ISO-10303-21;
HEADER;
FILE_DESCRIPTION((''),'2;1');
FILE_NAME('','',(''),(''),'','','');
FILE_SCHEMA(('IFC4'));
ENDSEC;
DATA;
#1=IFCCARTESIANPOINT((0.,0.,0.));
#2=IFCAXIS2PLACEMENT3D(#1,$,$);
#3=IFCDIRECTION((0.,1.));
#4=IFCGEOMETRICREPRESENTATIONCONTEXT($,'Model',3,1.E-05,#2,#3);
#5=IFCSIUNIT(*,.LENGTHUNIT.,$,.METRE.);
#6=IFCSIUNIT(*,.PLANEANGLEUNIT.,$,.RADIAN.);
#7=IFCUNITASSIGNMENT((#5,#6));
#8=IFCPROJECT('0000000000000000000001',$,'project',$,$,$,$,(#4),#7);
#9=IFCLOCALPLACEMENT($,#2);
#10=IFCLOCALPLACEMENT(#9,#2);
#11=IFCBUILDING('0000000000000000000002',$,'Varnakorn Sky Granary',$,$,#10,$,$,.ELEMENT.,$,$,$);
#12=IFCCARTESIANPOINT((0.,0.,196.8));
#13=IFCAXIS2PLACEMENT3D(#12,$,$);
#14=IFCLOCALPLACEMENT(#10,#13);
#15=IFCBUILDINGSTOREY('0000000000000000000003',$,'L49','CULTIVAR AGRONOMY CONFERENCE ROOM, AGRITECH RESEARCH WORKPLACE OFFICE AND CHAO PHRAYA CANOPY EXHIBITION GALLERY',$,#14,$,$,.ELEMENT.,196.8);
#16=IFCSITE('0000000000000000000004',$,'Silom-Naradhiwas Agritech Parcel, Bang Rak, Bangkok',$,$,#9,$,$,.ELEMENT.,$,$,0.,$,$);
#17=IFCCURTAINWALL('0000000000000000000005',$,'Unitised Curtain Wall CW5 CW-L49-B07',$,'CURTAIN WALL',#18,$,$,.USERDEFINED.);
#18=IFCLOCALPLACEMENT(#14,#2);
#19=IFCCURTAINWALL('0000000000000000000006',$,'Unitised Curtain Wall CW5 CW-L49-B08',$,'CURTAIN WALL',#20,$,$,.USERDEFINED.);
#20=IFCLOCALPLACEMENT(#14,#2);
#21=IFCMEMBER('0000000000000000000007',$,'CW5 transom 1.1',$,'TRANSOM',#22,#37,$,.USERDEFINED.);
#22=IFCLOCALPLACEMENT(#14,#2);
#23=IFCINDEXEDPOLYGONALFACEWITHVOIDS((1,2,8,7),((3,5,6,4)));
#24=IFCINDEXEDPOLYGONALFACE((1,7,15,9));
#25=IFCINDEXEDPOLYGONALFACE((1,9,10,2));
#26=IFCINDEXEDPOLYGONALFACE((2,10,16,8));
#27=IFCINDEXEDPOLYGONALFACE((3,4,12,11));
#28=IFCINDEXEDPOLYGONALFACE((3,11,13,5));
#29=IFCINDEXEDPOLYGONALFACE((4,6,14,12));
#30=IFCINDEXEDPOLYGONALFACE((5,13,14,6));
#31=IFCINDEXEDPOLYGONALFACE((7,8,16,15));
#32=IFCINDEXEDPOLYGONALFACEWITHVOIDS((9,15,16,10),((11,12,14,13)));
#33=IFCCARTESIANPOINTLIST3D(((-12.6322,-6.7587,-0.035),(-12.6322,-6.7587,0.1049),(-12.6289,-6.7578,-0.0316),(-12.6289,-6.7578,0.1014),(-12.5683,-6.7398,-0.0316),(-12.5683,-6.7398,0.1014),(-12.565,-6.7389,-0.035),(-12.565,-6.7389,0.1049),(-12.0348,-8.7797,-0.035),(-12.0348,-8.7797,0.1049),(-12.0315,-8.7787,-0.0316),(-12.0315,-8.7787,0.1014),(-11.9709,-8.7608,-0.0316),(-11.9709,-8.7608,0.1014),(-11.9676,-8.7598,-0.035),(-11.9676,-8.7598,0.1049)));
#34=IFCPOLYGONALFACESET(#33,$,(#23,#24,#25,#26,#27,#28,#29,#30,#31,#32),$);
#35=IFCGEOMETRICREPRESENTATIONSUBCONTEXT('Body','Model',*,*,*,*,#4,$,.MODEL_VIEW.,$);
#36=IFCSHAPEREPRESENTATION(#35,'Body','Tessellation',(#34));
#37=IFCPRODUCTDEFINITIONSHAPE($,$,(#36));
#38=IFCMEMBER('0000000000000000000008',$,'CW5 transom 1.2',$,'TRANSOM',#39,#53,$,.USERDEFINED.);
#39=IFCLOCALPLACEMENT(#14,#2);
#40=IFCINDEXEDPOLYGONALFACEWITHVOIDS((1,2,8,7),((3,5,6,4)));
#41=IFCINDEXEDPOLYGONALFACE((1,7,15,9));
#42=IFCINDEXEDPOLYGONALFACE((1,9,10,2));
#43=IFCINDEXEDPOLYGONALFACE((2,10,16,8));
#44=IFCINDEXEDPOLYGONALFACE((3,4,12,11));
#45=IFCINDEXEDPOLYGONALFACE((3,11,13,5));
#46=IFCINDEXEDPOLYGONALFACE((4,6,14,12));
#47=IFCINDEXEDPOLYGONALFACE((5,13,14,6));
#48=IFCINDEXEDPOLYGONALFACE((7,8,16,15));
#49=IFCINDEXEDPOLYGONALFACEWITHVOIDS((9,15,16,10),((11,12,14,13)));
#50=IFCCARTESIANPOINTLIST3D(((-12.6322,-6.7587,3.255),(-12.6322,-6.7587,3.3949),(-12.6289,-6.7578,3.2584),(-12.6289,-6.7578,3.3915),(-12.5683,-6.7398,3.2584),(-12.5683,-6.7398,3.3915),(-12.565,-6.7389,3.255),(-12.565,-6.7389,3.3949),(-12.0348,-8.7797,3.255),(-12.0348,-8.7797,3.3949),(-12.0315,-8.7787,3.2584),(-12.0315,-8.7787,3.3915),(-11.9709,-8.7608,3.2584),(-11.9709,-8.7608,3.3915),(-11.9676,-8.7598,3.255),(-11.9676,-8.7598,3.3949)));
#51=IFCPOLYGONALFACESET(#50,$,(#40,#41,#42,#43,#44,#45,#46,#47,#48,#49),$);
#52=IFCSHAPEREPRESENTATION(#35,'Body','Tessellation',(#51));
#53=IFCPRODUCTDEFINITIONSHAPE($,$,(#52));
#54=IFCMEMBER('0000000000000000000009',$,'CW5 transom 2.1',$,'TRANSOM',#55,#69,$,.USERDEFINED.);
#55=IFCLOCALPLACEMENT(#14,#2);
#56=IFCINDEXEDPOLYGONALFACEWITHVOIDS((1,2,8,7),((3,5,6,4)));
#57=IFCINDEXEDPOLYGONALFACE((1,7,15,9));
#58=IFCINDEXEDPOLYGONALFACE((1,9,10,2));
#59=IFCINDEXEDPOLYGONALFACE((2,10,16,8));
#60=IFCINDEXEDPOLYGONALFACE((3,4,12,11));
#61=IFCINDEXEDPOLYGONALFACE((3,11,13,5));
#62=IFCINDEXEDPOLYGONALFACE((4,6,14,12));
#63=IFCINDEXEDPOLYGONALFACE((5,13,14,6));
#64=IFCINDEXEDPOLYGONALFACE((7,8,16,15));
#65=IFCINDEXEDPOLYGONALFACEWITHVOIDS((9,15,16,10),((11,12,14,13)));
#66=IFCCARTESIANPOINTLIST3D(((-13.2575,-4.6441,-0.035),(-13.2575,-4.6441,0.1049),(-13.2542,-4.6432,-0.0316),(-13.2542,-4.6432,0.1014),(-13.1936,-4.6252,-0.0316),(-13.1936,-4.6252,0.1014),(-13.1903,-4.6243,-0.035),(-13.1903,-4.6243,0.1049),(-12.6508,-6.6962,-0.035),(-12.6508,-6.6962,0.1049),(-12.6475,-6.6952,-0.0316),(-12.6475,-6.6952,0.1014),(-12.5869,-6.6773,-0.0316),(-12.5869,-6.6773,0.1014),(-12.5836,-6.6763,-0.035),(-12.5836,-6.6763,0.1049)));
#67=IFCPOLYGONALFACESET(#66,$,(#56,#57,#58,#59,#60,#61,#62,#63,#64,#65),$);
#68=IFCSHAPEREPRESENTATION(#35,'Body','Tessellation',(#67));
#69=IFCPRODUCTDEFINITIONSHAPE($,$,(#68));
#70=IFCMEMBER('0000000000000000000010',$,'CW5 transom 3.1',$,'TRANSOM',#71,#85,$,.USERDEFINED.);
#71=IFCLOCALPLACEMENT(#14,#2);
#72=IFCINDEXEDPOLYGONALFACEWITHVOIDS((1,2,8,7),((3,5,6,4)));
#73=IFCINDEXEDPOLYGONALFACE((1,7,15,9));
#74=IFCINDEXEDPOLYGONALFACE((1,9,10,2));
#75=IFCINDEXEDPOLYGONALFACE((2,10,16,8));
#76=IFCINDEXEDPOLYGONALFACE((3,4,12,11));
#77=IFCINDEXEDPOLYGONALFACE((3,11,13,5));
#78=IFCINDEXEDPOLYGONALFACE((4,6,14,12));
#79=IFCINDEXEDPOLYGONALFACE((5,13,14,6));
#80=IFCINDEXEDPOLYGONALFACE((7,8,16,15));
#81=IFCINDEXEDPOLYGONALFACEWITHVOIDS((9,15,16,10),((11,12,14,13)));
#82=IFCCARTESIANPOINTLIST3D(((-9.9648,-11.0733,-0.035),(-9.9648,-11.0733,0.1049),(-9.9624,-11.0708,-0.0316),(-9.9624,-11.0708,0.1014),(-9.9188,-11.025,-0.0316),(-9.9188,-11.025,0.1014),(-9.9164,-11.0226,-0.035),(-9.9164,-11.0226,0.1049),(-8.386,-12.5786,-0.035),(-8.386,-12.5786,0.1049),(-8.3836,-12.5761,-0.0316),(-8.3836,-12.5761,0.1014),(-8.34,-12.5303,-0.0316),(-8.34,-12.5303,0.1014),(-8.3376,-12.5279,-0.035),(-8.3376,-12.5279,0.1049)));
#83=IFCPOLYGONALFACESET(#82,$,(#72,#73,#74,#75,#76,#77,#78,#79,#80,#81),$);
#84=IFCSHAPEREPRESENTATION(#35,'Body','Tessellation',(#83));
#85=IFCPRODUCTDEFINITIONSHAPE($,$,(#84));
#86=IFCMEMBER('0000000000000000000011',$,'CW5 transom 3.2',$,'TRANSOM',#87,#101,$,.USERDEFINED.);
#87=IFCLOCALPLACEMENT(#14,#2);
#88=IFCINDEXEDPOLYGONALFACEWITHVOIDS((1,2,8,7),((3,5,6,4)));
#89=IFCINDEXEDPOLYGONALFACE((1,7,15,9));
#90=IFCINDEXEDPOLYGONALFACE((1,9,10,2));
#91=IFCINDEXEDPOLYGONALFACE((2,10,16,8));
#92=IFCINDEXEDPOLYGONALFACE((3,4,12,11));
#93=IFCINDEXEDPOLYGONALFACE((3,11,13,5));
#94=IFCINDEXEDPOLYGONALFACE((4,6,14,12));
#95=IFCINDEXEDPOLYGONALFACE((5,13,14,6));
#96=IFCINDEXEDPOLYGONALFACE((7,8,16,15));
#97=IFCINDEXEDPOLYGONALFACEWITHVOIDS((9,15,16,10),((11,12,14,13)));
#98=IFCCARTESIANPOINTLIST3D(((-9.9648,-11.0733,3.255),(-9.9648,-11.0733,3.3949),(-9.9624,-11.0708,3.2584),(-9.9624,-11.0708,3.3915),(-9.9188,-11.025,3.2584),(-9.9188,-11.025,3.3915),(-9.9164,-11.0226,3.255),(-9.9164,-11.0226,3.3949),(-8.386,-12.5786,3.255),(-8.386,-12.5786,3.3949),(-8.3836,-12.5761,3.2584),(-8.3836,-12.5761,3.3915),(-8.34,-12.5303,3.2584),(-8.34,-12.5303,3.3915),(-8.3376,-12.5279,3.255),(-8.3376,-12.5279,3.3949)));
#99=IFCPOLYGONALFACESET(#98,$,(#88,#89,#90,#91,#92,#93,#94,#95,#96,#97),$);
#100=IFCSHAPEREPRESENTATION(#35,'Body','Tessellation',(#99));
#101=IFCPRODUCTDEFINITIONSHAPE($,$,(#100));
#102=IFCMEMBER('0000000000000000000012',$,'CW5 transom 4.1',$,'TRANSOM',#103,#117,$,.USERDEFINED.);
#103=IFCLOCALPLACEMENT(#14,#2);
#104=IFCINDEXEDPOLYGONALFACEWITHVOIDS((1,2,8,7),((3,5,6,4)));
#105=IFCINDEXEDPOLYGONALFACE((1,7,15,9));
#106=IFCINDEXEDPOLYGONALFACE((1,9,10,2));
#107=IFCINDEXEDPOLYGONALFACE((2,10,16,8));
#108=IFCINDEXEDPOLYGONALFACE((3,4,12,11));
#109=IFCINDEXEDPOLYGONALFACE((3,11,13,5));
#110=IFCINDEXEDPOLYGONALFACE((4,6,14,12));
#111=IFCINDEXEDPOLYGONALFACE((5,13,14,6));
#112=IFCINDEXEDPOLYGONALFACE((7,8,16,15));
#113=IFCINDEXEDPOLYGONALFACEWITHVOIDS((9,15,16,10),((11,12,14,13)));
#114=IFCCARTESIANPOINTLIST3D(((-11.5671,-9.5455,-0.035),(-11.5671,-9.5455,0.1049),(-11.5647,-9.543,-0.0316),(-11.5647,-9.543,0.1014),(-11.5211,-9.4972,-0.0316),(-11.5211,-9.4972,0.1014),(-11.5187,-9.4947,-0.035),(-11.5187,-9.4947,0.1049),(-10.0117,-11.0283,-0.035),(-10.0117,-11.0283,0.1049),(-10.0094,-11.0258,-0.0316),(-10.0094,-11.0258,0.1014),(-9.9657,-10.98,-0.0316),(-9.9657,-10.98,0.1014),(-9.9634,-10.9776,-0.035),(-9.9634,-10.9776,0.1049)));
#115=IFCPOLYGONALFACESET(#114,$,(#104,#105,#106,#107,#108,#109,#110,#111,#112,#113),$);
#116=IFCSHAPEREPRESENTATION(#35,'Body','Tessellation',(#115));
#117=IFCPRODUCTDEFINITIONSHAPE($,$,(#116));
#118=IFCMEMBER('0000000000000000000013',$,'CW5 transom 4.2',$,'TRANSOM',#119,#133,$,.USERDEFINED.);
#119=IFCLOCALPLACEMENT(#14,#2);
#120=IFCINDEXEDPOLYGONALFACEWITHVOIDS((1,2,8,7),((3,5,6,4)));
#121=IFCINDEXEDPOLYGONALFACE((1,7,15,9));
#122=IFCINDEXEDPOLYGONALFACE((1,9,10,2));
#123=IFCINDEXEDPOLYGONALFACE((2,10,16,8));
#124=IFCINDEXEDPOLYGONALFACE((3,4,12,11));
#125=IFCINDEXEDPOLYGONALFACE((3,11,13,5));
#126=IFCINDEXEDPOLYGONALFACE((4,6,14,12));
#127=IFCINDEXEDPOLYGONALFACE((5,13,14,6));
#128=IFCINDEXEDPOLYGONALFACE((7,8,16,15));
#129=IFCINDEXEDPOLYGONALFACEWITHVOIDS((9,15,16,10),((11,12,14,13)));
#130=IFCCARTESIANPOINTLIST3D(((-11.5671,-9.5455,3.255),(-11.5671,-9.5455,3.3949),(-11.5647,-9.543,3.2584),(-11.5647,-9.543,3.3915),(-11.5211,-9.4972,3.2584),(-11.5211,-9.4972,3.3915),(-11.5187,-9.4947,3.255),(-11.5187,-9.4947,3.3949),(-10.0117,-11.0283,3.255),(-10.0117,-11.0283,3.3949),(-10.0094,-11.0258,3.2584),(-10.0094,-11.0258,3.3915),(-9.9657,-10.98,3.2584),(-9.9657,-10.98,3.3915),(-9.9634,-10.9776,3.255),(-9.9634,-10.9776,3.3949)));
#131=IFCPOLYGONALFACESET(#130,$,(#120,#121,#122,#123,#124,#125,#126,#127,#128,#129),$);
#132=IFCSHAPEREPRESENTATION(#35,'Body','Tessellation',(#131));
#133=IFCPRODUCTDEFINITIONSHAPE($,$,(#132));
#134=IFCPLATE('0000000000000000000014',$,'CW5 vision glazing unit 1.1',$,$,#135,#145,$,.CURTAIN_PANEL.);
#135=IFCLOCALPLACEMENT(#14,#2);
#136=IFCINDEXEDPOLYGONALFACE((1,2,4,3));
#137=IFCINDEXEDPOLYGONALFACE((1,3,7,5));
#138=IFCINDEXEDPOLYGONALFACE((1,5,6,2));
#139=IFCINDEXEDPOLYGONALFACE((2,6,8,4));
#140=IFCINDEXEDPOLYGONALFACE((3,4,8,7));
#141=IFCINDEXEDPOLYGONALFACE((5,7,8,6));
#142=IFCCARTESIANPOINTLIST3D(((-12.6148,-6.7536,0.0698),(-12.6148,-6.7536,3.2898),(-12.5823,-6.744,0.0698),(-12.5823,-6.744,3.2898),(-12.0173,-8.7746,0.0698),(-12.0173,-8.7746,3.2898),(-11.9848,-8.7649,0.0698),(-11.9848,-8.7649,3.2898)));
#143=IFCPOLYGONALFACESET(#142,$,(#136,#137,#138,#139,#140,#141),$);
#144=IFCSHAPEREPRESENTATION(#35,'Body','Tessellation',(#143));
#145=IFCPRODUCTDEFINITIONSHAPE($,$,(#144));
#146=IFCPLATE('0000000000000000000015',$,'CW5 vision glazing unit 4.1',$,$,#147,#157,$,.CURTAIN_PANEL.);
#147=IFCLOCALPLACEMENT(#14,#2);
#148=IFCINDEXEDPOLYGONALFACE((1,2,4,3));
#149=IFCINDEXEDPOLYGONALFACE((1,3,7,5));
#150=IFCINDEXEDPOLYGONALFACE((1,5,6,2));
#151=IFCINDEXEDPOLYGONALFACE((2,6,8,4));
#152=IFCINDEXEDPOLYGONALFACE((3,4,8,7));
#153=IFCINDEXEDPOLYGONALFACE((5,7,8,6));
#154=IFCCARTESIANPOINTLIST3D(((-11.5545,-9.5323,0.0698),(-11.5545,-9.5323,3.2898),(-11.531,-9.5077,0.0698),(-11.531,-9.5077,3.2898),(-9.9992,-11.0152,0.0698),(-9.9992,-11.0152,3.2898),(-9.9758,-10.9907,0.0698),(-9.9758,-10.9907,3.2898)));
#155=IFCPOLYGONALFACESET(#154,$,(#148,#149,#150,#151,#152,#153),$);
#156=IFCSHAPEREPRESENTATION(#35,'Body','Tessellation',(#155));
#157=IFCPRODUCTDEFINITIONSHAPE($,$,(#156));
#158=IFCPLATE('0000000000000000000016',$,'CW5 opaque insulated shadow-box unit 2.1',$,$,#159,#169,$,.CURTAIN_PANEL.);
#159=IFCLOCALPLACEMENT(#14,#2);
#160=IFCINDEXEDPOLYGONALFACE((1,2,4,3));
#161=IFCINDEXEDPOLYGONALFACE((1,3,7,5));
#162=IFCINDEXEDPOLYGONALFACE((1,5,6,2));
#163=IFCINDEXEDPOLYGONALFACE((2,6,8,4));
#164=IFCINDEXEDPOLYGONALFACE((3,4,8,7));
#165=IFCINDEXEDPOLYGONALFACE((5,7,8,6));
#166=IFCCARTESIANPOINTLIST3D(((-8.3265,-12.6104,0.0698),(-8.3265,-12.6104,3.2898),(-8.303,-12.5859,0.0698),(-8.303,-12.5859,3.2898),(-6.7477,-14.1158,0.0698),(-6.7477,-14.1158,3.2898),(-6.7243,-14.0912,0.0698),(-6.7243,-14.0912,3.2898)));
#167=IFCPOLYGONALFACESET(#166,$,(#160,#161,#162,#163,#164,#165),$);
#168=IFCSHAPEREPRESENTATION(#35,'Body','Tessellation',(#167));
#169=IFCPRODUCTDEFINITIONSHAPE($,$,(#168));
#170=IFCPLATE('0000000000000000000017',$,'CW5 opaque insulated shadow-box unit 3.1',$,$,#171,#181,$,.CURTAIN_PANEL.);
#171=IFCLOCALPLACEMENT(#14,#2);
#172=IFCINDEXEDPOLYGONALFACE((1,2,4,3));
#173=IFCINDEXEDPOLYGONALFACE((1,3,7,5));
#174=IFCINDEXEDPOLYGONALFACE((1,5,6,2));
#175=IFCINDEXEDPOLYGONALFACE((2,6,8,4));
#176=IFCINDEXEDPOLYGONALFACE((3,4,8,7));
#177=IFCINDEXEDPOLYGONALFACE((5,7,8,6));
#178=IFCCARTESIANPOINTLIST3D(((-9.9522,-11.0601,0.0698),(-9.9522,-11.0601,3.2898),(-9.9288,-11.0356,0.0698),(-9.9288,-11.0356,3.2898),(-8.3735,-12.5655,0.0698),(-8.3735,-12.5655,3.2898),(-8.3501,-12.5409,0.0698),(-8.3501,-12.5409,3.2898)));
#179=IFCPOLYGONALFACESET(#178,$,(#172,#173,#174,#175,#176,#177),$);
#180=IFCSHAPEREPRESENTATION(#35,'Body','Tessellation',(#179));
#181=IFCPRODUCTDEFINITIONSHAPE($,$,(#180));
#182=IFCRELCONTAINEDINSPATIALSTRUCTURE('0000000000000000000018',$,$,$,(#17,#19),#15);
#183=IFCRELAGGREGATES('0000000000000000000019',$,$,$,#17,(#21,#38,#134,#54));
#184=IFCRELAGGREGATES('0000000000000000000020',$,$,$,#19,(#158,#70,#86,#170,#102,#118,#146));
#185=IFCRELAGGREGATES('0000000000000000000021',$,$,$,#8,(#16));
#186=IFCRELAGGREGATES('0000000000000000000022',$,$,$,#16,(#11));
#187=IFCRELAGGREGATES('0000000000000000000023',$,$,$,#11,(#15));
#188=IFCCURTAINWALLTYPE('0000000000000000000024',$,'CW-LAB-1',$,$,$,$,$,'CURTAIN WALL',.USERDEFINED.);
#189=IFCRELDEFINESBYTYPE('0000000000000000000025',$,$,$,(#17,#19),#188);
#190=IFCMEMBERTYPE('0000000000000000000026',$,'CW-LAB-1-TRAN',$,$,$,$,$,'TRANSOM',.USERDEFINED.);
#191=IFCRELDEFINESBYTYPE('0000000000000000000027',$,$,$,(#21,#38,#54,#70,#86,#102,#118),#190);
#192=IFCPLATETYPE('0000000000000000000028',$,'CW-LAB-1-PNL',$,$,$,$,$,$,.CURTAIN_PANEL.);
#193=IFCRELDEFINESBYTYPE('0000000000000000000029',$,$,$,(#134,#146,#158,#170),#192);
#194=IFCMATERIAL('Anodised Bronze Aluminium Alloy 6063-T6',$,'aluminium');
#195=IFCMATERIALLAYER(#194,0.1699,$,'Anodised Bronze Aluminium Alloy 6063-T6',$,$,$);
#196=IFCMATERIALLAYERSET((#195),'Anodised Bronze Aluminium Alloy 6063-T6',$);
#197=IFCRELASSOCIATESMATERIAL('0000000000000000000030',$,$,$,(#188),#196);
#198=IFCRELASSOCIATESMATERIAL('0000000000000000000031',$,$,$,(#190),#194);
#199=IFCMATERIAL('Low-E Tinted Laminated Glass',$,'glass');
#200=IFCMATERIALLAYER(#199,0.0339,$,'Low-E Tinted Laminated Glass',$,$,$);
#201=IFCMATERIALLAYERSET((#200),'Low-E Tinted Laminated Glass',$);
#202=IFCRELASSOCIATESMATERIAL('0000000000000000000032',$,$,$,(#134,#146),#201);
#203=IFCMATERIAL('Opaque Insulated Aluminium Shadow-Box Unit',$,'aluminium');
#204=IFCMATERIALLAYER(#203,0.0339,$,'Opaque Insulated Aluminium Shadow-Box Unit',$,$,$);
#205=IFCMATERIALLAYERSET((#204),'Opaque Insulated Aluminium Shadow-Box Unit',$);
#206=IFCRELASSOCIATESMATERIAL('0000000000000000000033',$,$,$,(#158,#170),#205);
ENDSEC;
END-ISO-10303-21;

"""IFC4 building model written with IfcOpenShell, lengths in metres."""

from ifc_helpers import new_model, si_unit, direction, frame, origin, origin_2d, place, context, subcontext, project, spatial, rectangle, hollow_rectangle, extrude, source, transform, mapped, material, layer, layer_set, material_profile, profile_set, type_object, type_shapes, element, aggregate, save


model = new_model("IFC4")

# Units and contexts
model_context = context("Model", 3, precision=1e-05, world=origin(), true_north=direction((0.0, 1.0)))
body_context = subcontext(model_context, "Body", "Model", "MODEL_VIEW")
ifc_project = project(units=[si_unit("LENGTHUNIT", "METRE"), si_unit("PLANEANGLEUNIT", "RADIAN")], contexts=[model_context])

# Site, building, storey
site_placement = place(None, origin())
site = spatial("IfcSite", under=ifc_project, at=site_placement, Name="Silom-Naradhiwas Agritech Parcel, Bang Rak, Bangkok", CompositionType="ELEMENT", RefElevation=0.0)
building_placement = place(site_placement, origin())
building = spatial("IfcBuilding", under=site, at=building_placement, Name="Varnakorn Sky Granary", CompositionType="ELEMENT")
storey_placement = place(building_placement, frame((0.0, 0.0, 196.8)))
storey = spatial("IfcBuildingStorey", under=building, at=storey_placement, Name="L49", Description="CULTIVAR AGRONOMY CONFERENCE ROOM, AGRITECH RESEARCH WORKPLACE OFFICE AND CHAO PHRAYA CANOPY EXHIBITION GALLERY", CompositionType="ELEMENT", Elevation=196.8)

# Curtain walls
ifc_material_1 = material(Name="Anodised Bronze Aluminium Alloy 6063-T6", Category="aluminium")
ifc_layer_1 = layer(ifc_material_1, 0.1699, Name="Anodised Bronze Aluminium Alloy 6063-T6")
ifc_layer_set_1 = layer_set([ifc_layer_1], Name="Anodised Bronze Aluminium Alloy 6063-T6")
curtain_wall_type = type_object("IfcCurtainWallType", Name="CW-LAB-1", ElementType="CURTAIN WALL", PredefinedType="USERDEFINED", material=ifc_layer_set_1)
curtain_wall_1_placement = place(storey_placement, origin())
curtain_wall_1 = element("IfcCurtainWall", 1, at=curtain_wall_1_placement, inside=storey, type_object=curtain_wall_type, Name="Unitised Curtain Wall CW5 CW-L49-B07", ObjectType="CURTAIN WALL", PredefinedType="USERDEFINED")
curtain_wall_2_placement = place(storey_placement, origin())
curtain_wall_2 = element("IfcCurtainWall", 2, at=curtain_wall_2_placement, inside=storey, type_object=curtain_wall_type, Name="Unitised Curtain Wall CW5 CW-L49-B08", ObjectType="CURTAIN WALL", PredefinedType="USERDEFINED")

# Members
ifc_material_profile_1 = material_profile(ifc_material_1, hollow_rectangle(XDim=0.0701, YDim=0.1399, WallThickness=0.0034, at=origin_2d()), Name="ALU TRAN 70x140")
ifc_profile_set_1 = profile_set([ifc_material_profile_1], Name="Anodised Bronze Aluminium Alloy 6063-T6")
member_type_1 = type_object("IfcMemberType", Name="CW-LAB-1-TRAN", ElementType="TRANSOM", PredefinedType="USERDEFINED", material=ifc_profile_set_1)
member_1_placement = place(storey_placement, frame((-12.0012, -8.7698, 0.0349), z_axis=(-0.283477, 0.958979, 0.0), x_axis=(-0.958979, -0.283477, 0.0)))
member_1 = element("IfcMember", 3, at=member_1_placement, type_object=member_type_1, Name="CW5 transom 1.1", ObjectType="TRANSOM", PredefinedType="USERDEFINED", context=body_context, shape_type="SweptSolid", body=[
    extrude(hollow_rectangle(XDim=0.0701, YDim=0.1399, WallThickness=0.0034, at=origin_2d()), origin(), (0.0, 0.0, 1.0), 2.1074),
])
member_2_placement = place(storey_placement, frame((-12.0012, -8.7698, 3.325), z_axis=(-0.283477, 0.958979, 0.0), x_axis=(-0.958979, -0.283477, 0.0)))
member_2 = element("IfcMember", 4, at=member_2_placement, type_object=member_type_1, Name="CW5 transom 1.2", ObjectType="TRANSOM", PredefinedType="USERDEFINED", context=body_context, shape_type="SweptSolid", body=[
    extrude(hollow_rectangle(XDim=0.0701, YDim=0.1399, WallThickness=0.0034, at=origin_2d()), origin(), (0.0, 0.0, 1.0), 2.1074),
])
member_3_placement = place(storey_placement, frame((-12.6172, -6.6863, 0.0349), z_axis=(-0.283525, 0.958965, 0.0), x_axis=(-0.958965, -0.283525, 0.0)))
member_3 = element("IfcMember", 5, at=member_3_placement, type_object=member_type_1, Name="CW5 transom 2.1", ObjectType="TRANSOM", PredefinedType="USERDEFINED", context=body_context, shape_type="SweptSolid", body=[
    extrude(hollow_rectangle(XDim=0.0701, YDim=0.1399, WallThickness=0.0034, at=origin_2d()), origin(), (0.0, 0.0, 1.0), 2.1399),
])
member_4_placement = place(storey_placement, frame((-8.3618, -12.5532, 0.0349), z_axis=(-0.723749, 0.690063, 0.0), x_axis=(-0.690063, -0.723749, 0.0)))
member_4 = element("IfcMember", 6, at=member_4_placement, type_object=member_type_1, Name="CW5 transom 3.1", ObjectType="TRANSOM", PredefinedType="USERDEFINED", context=body_context, shape_type="SweptSolid", body=[
    extrude(hollow_rectangle(XDim=0.0701, YDim=0.1399, WallThickness=0.0034, at=origin_2d()), origin(), (0.0, 0.0, 1.0), 2.1814),
])
member_5_placement = place(storey_placement, frame((-8.3618, -12.5532, 3.325), z_axis=(-0.723749, 0.690063, 0.0), x_axis=(-0.690063, -0.723749, 0.0)))
member_5 = element("IfcMember", 7, at=member_5_placement, type_object=member_type_1, Name="CW5 transom 3.2", ObjectType="TRANSOM", PredefinedType="USERDEFINED", context=body_context, shape_type="SweptSolid", body=[
    extrude(hollow_rectangle(XDim=0.0701, YDim=0.1399, WallThickness=0.0034, at=origin_2d()), origin(), (0.0, 0.0, 1.0), 2.1814),
])
member_6_placement = place(storey_placement, frame((-9.9875, -11.0029, 0.0349), z_axis=(-0.723776, 0.690035, 0.0), x_axis=(-0.690035, -0.723776, 0.0)))
member_6 = element("IfcMember", 8, at=member_6_placement, type_object=member_type_1, Name="CW5 transom 4.1", ObjectType="TRANSOM", PredefinedType="USERDEFINED", context=body_context, shape_type="SweptSolid", body=[
    extrude(hollow_rectangle(XDim=0.0701, YDim=0.1399, WallThickness=0.0034, at=origin_2d()), origin(), (0.0, 0.0, 1.0), 2.1489),
])
member_7_placement = place(storey_placement, frame((-9.9875, -11.0029, 3.325), z_axis=(-0.723776, 0.690035, 0.0), x_axis=(-0.690035, -0.723776, 0.0)))
member_7 = element("IfcMember", 9, at=member_7_placement, type_object=member_type_1, Name="CW5 transom 4.2", ObjectType="TRANSOM", PredefinedType="USERDEFINED", context=body_context, shape_type="SweptSolid", body=[
    extrude(hollow_rectangle(XDim=0.0701, YDim=0.1399, WallThickness=0.0034, at=origin_2d()), origin(), (0.0, 0.0, 1.0), 2.1489),
])

# Plates
ifc_material_2 = material(Name="Low-E Tinted Laminated Glass", Category="glass")
ifc_layer_2 = layer(ifc_material_2, 0.0339, Name="Low-E Tinted Laminated Glass")
ifc_layer_set_2 = layer_set([ifc_layer_2], Name="Low-E Tinted Laminated Glass")
plate_type = type_object("IfcPlateType", Name="CW-LAB-1-PNL", PredefinedType="CURTAIN_PANEL")
shared_shape_1 = source(origin(), body_context, "Body", "SweptSolid", [
    extrude(rectangle(XDim=2.1074, YDim=0.0339, at=origin_2d()), origin(), (0.0, 0.0, 1.0), 3.22),
])
plate_1_placement = place(storey_placement, frame((-12.2998, -7.7593, 0.0698), z_axis=(0.0, 0.0, 1.0), x_axis=(-0.283528, 0.958964, 0.0)))
plate_1 = element("IfcPlate", 10, at=plate_1_placement, type_object=plate_type, material=ifc_layer_set_2, Name="CW5 vision glazing unit 1.1", PredefinedType="CURTAIN_PANEL", context=body_context, shape_type="MappedRepresentation", body=[
    mapped(shared_shape_1, transform((0.0, 0.0, 0.0), x_axis=(1.0, 0.0, 0.0), y_axis=(0.0, 1.0, 0.0), z_axis=(0.0, 0.0, 1.0), scale=1.0)),
])
aggregate(curtain_wall_1, [member_1, member_2, plate_1, member_3])
shared_shape_2 = source(origin(), body_context, "Body", "SweptSolid", [
    extrude(rectangle(XDim=2.1489, YDim=0.0339, at=origin_2d()), origin(), (0.0, 0.0, 1.0), 3.22),
])
plate_2_placement = place(storey_placement, frame((-10.7651, -10.2615, 0.0698), z_axis=(0.0, 0.0, 1.0), x_axis=(-0.723717, 0.690097, 0.0)))
plate_2 = element("IfcPlate", 11, at=plate_2_placement, type_object=plate_type, material=ifc_layer_set_2, Name="CW5 vision glazing unit 4.1", PredefinedType="CURTAIN_PANEL", context=body_context, shape_type="MappedRepresentation", body=[
    mapped(shared_shape_2, transform((0.0, 0.0, 0.0), x_axis=(1.0, 0.0, 0.0), y_axis=(0.0, 1.0, 0.0), z_axis=(0.0, 0.0, 1.0), scale=1.0)),
])
ifc_material_3 = material(Name="Opaque Insulated Aluminium Shadow-Box Unit", Category="aluminium")
ifc_layer_3 = layer(ifc_material_3, 0.0339, Name="Opaque Insulated Aluminium Shadow-Box Unit")
ifc_layer_set_3 = layer_set([ifc_layer_3], Name="Opaque Insulated Aluminium Shadow-Box Unit")
shared_shape_3 = source(origin(), body_context, "Body", "SweptSolid", [
    extrude(rectangle(XDim=2.1814, YDim=0.0339, at=origin_2d()), origin(), (0.0, 0.0, 1.0), 3.22),
])
type_shapes(plate_type, [shared_shape_1, shared_shape_2, shared_shape_3])
plate_3_placement = place(storey_placement, frame((-7.5254, -13.3508, 0.0698), z_axis=(0.0, 0.0, 1.0), x_axis=(-0.723717, 0.690097, 0.0)))
plate_3 = element("IfcPlate", 12, at=plate_3_placement, type_object=plate_type, material=ifc_layer_set_3, Name="CW5 opaque insulated shadow-box unit 2.1", PredefinedType="CURTAIN_PANEL", context=body_context, shape_type="MappedRepresentation", body=[
    mapped(shared_shape_3, transform((0.0, 0.0, 0.0), x_axis=(1.0, 0.0, 0.0), y_axis=(0.0, 1.0, 0.0), z_axis=(0.0, 0.0, 1.0), scale=1.0)),
])
plate_4_placement = place(storey_placement, frame((-9.1511, -11.8005, 0.0698), z_axis=(0.0, 0.0, 1.0), x_axis=(-0.723717, 0.690097, 0.0)))
plate_4 = element("IfcPlate", 13, at=plate_4_placement, type_object=plate_type, material=ifc_layer_set_3, Name="CW5 opaque insulated shadow-box unit 3.1", PredefinedType="CURTAIN_PANEL", context=body_context, shape_type="MappedRepresentation", body=[
    mapped(shared_shape_3, transform((0.0, 0.0, 0.0), x_axis=(1.0, 0.0, 0.0), y_axis=(0.0, 1.0, 0.0), z_axis=(0.0, 0.0, 1.0), scale=1.0)),
])
aggregate(curtain_wall_2, [plate_3, member_4, member_5, plate_4, member_6, member_7, plate_2])

save(model, "model.ifc")
